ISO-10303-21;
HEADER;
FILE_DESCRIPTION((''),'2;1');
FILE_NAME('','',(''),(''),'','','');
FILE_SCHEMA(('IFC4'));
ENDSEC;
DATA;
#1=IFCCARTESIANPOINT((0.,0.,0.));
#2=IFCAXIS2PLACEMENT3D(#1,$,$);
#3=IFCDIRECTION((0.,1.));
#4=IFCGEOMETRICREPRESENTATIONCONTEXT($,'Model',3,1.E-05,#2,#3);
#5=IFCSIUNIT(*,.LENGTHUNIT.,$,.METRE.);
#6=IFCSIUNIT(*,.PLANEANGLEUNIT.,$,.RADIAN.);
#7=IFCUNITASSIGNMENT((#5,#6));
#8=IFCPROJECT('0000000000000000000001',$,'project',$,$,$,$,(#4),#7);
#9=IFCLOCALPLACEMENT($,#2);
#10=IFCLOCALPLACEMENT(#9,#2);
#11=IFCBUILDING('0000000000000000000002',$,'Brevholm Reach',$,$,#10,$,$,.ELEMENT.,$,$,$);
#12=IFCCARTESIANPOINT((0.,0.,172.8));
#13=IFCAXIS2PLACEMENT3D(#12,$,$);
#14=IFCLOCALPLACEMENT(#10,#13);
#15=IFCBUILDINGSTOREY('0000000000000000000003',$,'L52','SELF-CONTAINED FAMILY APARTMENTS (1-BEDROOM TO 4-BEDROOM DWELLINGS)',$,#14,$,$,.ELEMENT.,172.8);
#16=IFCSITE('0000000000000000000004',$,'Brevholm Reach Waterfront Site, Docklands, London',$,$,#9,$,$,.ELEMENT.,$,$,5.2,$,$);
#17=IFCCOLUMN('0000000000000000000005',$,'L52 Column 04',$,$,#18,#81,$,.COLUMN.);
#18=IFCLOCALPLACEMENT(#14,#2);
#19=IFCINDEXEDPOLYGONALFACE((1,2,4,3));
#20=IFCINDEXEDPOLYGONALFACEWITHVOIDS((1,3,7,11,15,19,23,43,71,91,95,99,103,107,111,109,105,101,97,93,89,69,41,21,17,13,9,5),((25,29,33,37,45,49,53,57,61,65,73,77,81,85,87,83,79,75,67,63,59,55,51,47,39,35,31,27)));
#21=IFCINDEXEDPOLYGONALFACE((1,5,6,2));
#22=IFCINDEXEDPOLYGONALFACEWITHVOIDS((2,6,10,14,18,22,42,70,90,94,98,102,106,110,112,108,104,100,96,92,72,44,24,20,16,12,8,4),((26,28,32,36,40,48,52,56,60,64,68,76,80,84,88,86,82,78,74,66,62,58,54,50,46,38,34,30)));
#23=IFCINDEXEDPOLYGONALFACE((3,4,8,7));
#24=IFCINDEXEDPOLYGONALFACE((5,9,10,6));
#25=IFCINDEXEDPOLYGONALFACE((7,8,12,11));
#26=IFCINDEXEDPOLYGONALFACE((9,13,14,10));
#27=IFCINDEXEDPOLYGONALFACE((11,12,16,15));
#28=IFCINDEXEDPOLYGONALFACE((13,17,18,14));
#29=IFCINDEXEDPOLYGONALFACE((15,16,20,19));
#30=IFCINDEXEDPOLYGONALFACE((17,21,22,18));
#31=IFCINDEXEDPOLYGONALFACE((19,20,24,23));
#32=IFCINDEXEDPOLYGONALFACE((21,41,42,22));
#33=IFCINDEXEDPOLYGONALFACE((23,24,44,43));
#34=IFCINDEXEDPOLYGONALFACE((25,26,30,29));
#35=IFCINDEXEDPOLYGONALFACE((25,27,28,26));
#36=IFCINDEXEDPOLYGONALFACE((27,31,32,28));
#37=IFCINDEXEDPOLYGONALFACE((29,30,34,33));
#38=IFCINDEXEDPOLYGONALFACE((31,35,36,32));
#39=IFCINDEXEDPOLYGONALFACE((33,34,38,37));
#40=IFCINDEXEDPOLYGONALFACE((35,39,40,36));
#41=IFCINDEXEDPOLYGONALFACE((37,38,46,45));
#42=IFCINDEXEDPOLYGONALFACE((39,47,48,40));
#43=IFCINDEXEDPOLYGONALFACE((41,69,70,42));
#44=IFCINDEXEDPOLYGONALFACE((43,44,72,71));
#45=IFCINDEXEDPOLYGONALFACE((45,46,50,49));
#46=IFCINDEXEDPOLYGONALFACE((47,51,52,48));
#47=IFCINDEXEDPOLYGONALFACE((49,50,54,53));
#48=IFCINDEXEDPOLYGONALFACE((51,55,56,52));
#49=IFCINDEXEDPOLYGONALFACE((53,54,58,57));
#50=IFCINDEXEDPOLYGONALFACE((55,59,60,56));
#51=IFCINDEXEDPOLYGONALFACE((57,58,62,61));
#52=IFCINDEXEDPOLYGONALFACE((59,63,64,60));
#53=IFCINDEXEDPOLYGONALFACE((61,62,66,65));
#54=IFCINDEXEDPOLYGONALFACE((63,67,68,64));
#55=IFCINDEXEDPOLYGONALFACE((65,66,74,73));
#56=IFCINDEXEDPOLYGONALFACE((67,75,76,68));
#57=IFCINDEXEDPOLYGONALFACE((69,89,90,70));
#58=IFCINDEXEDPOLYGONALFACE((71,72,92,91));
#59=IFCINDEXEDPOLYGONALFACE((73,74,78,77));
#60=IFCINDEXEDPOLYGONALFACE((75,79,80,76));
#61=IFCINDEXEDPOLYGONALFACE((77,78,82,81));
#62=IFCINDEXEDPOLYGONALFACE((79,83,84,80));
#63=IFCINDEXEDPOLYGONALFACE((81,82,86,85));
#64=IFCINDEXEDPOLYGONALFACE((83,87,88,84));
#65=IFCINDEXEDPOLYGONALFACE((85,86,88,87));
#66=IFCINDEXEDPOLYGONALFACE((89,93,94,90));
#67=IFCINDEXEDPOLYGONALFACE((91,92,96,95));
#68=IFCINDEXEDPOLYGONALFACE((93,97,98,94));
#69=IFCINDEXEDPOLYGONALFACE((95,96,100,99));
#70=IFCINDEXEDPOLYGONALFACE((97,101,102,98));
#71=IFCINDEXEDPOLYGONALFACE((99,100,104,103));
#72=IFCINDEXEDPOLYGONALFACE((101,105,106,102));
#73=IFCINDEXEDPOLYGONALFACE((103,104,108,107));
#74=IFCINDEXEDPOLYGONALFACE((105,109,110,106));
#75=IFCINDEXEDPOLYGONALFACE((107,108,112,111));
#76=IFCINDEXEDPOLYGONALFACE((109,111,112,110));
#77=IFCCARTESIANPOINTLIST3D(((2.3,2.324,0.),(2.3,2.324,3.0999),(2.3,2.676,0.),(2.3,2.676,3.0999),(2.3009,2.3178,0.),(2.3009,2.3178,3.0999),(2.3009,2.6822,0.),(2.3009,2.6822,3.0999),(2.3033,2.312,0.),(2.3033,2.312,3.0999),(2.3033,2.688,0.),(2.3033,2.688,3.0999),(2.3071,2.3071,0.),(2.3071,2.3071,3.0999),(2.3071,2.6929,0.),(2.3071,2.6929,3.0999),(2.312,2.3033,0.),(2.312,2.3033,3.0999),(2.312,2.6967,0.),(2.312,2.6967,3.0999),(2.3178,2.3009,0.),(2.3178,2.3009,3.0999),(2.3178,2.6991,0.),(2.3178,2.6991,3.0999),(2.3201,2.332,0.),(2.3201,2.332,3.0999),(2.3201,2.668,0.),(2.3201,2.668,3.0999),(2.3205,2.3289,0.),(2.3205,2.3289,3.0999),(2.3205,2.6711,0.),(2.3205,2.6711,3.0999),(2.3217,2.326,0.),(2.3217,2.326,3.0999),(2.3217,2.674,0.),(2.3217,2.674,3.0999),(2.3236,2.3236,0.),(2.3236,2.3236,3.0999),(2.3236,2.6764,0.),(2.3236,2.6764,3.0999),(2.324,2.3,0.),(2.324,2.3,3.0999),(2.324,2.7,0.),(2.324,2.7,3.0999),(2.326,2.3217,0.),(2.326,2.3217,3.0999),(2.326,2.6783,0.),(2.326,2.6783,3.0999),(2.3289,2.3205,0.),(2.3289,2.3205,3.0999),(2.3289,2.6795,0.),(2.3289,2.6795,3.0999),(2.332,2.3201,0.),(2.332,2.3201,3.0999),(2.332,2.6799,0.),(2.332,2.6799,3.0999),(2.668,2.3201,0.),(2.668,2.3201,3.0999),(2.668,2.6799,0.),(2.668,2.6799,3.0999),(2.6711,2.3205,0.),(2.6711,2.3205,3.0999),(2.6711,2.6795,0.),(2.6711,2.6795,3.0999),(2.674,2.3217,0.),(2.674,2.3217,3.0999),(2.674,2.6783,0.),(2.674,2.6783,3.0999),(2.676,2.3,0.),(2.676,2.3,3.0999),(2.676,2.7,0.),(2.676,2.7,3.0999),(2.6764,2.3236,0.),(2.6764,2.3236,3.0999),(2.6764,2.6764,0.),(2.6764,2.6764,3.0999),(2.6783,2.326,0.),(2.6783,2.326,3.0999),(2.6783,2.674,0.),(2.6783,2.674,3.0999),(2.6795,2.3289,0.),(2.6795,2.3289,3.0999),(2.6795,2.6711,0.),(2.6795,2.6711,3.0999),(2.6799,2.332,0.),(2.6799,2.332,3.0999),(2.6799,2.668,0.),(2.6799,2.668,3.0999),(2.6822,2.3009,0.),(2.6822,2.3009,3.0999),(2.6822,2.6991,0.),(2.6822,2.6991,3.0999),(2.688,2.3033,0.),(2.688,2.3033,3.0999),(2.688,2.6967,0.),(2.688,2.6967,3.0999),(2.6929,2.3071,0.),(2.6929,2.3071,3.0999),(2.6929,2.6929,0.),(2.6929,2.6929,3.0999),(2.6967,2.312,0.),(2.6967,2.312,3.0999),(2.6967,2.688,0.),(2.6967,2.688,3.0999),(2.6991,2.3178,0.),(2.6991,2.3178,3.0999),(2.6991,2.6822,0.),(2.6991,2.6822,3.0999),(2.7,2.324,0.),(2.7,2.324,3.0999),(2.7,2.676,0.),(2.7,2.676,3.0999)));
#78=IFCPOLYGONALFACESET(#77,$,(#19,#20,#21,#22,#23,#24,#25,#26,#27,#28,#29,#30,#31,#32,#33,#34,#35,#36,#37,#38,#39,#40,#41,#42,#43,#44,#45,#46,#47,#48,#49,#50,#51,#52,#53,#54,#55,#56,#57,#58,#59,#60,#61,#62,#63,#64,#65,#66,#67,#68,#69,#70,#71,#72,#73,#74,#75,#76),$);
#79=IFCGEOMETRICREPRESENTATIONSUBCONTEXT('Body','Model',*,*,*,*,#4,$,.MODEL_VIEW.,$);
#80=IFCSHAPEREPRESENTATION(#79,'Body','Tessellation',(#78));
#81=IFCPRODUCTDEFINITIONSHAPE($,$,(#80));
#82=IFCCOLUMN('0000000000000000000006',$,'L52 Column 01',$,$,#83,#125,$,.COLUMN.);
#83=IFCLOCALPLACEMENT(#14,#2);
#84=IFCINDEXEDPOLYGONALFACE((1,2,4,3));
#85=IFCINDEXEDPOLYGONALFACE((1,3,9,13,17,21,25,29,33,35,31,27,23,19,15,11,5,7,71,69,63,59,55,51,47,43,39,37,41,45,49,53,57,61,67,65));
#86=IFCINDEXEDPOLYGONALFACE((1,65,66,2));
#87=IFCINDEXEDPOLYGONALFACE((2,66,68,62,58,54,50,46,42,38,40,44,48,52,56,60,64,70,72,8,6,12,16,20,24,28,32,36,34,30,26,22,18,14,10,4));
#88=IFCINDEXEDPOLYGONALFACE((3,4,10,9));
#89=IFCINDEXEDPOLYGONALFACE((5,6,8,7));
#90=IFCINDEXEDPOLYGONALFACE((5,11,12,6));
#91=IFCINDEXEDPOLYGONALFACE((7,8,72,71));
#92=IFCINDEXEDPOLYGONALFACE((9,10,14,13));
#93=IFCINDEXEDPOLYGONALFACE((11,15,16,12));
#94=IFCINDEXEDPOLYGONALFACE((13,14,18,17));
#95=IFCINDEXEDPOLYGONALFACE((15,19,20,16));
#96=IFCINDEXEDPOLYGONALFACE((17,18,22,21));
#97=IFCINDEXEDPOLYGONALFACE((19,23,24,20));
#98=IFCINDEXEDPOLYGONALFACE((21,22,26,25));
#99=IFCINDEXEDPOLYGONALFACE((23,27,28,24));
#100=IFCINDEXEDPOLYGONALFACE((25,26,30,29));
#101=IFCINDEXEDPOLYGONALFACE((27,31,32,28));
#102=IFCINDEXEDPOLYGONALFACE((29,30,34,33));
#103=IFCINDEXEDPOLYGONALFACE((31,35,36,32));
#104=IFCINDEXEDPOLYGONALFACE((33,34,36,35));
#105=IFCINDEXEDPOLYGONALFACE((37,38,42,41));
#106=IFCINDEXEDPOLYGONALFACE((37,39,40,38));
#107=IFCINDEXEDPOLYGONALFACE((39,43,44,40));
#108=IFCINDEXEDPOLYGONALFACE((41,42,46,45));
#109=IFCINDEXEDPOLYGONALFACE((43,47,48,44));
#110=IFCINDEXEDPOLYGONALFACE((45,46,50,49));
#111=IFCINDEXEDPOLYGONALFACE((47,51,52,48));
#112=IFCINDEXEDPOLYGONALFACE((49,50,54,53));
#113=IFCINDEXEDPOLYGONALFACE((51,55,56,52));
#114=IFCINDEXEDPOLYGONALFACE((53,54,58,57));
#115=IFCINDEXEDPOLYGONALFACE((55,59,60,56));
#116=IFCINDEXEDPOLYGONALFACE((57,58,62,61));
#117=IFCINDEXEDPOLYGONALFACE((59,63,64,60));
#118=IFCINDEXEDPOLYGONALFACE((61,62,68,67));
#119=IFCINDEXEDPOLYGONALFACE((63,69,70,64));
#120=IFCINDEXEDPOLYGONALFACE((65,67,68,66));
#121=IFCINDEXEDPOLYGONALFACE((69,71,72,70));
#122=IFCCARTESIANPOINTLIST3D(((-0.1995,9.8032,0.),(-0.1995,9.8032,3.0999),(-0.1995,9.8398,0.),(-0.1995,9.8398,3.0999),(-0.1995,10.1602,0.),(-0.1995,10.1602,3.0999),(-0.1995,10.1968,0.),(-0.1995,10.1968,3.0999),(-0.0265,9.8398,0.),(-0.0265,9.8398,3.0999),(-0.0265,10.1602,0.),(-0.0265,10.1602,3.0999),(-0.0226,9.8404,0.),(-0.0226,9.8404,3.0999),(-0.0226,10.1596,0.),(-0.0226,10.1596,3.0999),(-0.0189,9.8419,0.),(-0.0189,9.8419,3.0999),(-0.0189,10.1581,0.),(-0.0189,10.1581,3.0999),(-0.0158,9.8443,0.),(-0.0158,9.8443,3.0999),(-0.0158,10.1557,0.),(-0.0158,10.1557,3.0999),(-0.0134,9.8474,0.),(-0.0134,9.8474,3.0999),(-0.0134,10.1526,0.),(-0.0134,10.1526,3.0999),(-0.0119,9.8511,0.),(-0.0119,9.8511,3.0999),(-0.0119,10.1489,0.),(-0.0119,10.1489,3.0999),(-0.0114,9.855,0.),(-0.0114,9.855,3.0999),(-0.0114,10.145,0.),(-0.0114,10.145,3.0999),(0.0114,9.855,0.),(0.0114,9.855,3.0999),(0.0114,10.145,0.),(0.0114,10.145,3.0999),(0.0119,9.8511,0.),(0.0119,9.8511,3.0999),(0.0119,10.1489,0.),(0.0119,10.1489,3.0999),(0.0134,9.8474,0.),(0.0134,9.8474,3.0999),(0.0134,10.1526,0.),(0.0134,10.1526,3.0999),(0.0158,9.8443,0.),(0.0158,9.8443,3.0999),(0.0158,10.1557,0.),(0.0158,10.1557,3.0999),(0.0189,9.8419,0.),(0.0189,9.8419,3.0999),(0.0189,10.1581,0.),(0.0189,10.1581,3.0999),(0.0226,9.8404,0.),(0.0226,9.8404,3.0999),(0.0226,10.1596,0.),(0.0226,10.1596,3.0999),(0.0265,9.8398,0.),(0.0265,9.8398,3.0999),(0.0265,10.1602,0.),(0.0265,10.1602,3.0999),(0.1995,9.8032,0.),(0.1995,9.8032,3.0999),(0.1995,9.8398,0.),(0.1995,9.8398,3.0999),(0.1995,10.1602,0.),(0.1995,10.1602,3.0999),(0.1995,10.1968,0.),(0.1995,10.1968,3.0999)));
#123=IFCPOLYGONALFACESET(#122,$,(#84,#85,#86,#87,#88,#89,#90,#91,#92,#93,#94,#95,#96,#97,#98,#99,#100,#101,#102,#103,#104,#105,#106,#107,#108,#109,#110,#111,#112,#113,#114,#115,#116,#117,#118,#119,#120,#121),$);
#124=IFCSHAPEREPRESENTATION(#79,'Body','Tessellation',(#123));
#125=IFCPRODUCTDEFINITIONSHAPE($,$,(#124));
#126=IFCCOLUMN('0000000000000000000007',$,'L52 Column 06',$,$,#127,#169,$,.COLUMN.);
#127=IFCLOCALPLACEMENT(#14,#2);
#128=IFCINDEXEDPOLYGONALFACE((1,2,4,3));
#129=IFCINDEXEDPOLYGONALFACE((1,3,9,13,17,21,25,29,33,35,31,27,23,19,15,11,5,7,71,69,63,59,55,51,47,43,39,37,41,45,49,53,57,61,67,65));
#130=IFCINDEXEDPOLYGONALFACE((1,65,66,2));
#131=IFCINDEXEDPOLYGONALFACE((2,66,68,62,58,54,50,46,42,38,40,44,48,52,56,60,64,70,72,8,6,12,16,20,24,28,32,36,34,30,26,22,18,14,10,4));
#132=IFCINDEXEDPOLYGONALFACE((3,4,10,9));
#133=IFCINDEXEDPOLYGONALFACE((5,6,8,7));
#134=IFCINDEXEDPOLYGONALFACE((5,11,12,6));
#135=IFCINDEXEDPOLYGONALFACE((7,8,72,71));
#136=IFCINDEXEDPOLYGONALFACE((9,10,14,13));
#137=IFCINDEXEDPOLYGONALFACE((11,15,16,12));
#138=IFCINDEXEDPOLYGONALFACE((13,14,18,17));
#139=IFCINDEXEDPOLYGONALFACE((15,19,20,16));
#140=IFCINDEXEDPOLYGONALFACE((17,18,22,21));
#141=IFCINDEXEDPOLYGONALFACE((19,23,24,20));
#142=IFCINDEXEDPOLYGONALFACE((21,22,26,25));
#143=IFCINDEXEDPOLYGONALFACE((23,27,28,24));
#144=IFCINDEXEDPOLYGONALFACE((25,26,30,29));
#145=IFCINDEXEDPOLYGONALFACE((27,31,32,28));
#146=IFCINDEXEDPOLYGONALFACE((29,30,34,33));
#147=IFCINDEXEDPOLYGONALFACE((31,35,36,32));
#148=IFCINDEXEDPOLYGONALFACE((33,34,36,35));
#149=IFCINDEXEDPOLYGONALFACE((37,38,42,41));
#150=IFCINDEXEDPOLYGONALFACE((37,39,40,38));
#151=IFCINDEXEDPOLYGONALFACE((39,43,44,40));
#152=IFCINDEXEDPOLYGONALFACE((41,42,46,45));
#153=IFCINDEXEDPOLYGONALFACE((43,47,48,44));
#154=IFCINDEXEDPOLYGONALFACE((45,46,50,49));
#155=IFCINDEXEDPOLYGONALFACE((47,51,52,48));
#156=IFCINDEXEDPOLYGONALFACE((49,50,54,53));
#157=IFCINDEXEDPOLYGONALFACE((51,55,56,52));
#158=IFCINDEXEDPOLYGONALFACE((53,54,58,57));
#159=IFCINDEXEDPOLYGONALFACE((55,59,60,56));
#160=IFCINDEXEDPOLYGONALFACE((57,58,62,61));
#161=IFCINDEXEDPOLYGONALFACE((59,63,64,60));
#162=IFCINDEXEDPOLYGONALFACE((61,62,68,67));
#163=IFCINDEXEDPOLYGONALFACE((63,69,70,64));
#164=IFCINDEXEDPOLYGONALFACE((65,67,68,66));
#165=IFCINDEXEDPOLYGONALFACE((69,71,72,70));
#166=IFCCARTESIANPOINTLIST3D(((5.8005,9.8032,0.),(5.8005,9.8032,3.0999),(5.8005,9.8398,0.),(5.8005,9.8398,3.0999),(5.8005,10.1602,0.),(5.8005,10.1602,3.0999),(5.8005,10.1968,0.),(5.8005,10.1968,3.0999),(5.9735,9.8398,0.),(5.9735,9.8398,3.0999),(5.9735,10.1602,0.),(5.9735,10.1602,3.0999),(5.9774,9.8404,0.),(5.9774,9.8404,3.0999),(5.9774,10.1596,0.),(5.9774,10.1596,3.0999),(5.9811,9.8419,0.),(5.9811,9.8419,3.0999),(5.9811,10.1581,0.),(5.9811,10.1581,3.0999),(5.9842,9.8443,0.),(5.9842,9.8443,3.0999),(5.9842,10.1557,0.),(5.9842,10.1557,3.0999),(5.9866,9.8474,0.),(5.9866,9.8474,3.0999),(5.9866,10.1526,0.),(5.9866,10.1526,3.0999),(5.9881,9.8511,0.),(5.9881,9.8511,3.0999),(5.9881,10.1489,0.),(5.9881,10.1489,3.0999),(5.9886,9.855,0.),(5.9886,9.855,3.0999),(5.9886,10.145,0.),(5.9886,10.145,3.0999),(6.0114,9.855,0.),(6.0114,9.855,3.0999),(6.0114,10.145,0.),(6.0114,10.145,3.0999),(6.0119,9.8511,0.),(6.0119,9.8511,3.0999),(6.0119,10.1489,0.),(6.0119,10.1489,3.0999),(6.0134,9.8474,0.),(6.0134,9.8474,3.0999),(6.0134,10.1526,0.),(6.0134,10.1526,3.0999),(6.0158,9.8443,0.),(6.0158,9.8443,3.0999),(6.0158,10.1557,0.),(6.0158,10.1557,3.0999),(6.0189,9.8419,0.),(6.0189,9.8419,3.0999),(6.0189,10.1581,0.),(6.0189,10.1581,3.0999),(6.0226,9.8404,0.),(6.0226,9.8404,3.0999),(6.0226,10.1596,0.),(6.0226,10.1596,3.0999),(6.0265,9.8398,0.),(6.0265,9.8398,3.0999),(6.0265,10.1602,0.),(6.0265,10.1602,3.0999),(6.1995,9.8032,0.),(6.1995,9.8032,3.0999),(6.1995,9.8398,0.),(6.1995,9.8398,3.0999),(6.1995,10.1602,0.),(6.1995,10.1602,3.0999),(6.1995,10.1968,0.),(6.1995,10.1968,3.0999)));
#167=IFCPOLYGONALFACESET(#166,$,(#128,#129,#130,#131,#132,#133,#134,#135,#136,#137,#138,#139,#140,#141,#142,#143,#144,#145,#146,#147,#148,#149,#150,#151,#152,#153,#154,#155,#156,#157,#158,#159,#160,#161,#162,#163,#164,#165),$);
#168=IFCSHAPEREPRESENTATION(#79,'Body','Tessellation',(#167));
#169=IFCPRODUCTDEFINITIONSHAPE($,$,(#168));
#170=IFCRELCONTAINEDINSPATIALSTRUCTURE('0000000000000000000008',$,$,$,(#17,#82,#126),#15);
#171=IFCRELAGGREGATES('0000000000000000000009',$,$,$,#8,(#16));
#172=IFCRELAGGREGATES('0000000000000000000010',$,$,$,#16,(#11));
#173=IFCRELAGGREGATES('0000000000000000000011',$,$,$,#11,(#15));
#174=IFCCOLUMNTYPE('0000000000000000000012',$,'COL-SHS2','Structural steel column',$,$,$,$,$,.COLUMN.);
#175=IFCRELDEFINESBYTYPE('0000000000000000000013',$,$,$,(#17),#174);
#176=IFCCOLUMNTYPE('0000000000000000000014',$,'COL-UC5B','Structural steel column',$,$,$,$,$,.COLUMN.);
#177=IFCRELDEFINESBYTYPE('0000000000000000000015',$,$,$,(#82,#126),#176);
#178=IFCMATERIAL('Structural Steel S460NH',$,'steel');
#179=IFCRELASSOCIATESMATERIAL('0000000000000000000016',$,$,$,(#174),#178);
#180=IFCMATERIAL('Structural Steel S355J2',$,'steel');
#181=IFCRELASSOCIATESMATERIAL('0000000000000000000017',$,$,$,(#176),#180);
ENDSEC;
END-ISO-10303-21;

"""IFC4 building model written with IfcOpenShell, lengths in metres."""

from ifc_helpers import new_model, si_unit, direction, frame, origin, origin_2d, place, context, subcontext, project, spatial, hollow_rectangle, i_section, extrude, material, material_profile, profile_set, type_object, element, save


model = new_model("IFC4")

# Units and contexts
model_context = context("Model", 3, precision=1e-05, world=origin(), true_north=direction((0.0, 1.0)))
body_context = subcontext(model_context, "Body", "Model", "MODEL_VIEW")
ifc_project = project(units=[si_unit("LENGTHUNIT", "METRE"), si_unit("PLANEANGLEUNIT", "RADIAN")], contexts=[model_context])

# Site, building, storey
site_placement = place(None, origin())
site = spatial("IfcSite", under=ifc_project, at=site_placement, Name="Brevholm Reach Waterfront Site, Docklands, London", CompositionType="ELEMENT", RefElevation=5.2)
building_placement = place(site_placement, origin())
building = spatial("IfcBuilding", under=site, at=building_placement, Name="Brevholm Reach", CompositionType="ELEMENT")
storey_placement = place(building_placement, frame((0.0, 0.0, 172.8)))
storey = spatial("IfcBuildingStorey", under=building, at=storey_placement, Name="L52", Description="SELF-CONTAINED FAMILY APARTMENTS (1-BEDROOM TO 4-BEDROOM DWELLINGS)", CompositionType="ELEMENT", Elevation=172.8)

# Columns
ifc_material_1 = material(Name="Structural Steel S460NH", Category="steel")
ifc_material_profile_1 = material_profile(ifc_material_1, hollow_rectangle(XDim=0.3999, YDim=0.3999, WallThickness=0.02, InnerFilletRadius=0.012, OuterFilletRadius=0.0239, at=origin_2d()), Name="SHS 400x400x20")
ifc_profile_set_1 = profile_set([ifc_material_profile_1], Name="Structural Steel S460NH")
column_type_1 = type_object("IfcColumnType", Name="COL-SHS2", Description="Structural steel column", PredefinedType="COLUMN", material=ifc_profile_set_1)
column_placement = place(storey_placement, frame((2.5, 2.5, 0.0), z_axis=(0.0, 0.0, 1.0), x_axis=(1.0, 0.0, 0.0)))
element("IfcColumn", 1, at=column_placement, inside=storey, type_object=column_type_1, Name="L52 Column 04", PredefinedType="COLUMN", context=body_context, shape_type="SweptSolid", body=[
    extrude(hollow_rectangle(XDim=0.3999, YDim=0.3999, WallThickness=0.02, InnerFilletRadius=0.012, OuterFilletRadius=0.0239, at=origin_2d()), origin(), (0.0, 0.0, 1.0), 3.0999),
])
ifc_material_2 = material(Name="Structural Steel S355J2", Category="steel")
ifc_material_profile_2 = material_profile(ifc_material_2, i_section(OverallWidth=0.3989, OverallDepth=0.3936, WebThickness=0.0227, FlangeThickness=0.0366, FilletRadius=0.0151, at=origin_2d()), Name="UKC 356x406x287")
ifc_profile_set_2 = profile_set([ifc_material_profile_2], Name="Structural Steel S355J2")
column_type_2 = type_object("IfcColumnType", Name="COL-UC5B", Description="Structural steel column", PredefinedType="COLUMN", material=ifc_profile_set_2)
for number, where, z_axis, x_axis, name in (
    (2, (0.0, 10.0, 0.0), (0.0, 0.0, 1.0), (1.0, 0.0, 0.0), "L52 Column 01"),
    (3, (6.0, 10.0, 0.0), (0.0, 0.0, 1.0), (1.0, 0.0, 0.0), "L52 Column 06"),
):
    element("IfcColumn", number, at=place(storey_placement, frame(where, z_axis=z_axis, x_axis=x_axis)), inside=storey, type_object=column_type_2, Name=name, PredefinedType="COLUMN", context=body_context, shape_type="SweptSolid", body=[
        extrude(i_section(OverallWidth=0.3989, OverallDepth=0.3936, WebThickness=0.0227, FlangeThickness=0.0366, FilletRadius=0.0151, at=origin_2d()), origin(), (0.0, 0.0, 1.0), 3.0999),
    ])

save(model, "model.ifc")
